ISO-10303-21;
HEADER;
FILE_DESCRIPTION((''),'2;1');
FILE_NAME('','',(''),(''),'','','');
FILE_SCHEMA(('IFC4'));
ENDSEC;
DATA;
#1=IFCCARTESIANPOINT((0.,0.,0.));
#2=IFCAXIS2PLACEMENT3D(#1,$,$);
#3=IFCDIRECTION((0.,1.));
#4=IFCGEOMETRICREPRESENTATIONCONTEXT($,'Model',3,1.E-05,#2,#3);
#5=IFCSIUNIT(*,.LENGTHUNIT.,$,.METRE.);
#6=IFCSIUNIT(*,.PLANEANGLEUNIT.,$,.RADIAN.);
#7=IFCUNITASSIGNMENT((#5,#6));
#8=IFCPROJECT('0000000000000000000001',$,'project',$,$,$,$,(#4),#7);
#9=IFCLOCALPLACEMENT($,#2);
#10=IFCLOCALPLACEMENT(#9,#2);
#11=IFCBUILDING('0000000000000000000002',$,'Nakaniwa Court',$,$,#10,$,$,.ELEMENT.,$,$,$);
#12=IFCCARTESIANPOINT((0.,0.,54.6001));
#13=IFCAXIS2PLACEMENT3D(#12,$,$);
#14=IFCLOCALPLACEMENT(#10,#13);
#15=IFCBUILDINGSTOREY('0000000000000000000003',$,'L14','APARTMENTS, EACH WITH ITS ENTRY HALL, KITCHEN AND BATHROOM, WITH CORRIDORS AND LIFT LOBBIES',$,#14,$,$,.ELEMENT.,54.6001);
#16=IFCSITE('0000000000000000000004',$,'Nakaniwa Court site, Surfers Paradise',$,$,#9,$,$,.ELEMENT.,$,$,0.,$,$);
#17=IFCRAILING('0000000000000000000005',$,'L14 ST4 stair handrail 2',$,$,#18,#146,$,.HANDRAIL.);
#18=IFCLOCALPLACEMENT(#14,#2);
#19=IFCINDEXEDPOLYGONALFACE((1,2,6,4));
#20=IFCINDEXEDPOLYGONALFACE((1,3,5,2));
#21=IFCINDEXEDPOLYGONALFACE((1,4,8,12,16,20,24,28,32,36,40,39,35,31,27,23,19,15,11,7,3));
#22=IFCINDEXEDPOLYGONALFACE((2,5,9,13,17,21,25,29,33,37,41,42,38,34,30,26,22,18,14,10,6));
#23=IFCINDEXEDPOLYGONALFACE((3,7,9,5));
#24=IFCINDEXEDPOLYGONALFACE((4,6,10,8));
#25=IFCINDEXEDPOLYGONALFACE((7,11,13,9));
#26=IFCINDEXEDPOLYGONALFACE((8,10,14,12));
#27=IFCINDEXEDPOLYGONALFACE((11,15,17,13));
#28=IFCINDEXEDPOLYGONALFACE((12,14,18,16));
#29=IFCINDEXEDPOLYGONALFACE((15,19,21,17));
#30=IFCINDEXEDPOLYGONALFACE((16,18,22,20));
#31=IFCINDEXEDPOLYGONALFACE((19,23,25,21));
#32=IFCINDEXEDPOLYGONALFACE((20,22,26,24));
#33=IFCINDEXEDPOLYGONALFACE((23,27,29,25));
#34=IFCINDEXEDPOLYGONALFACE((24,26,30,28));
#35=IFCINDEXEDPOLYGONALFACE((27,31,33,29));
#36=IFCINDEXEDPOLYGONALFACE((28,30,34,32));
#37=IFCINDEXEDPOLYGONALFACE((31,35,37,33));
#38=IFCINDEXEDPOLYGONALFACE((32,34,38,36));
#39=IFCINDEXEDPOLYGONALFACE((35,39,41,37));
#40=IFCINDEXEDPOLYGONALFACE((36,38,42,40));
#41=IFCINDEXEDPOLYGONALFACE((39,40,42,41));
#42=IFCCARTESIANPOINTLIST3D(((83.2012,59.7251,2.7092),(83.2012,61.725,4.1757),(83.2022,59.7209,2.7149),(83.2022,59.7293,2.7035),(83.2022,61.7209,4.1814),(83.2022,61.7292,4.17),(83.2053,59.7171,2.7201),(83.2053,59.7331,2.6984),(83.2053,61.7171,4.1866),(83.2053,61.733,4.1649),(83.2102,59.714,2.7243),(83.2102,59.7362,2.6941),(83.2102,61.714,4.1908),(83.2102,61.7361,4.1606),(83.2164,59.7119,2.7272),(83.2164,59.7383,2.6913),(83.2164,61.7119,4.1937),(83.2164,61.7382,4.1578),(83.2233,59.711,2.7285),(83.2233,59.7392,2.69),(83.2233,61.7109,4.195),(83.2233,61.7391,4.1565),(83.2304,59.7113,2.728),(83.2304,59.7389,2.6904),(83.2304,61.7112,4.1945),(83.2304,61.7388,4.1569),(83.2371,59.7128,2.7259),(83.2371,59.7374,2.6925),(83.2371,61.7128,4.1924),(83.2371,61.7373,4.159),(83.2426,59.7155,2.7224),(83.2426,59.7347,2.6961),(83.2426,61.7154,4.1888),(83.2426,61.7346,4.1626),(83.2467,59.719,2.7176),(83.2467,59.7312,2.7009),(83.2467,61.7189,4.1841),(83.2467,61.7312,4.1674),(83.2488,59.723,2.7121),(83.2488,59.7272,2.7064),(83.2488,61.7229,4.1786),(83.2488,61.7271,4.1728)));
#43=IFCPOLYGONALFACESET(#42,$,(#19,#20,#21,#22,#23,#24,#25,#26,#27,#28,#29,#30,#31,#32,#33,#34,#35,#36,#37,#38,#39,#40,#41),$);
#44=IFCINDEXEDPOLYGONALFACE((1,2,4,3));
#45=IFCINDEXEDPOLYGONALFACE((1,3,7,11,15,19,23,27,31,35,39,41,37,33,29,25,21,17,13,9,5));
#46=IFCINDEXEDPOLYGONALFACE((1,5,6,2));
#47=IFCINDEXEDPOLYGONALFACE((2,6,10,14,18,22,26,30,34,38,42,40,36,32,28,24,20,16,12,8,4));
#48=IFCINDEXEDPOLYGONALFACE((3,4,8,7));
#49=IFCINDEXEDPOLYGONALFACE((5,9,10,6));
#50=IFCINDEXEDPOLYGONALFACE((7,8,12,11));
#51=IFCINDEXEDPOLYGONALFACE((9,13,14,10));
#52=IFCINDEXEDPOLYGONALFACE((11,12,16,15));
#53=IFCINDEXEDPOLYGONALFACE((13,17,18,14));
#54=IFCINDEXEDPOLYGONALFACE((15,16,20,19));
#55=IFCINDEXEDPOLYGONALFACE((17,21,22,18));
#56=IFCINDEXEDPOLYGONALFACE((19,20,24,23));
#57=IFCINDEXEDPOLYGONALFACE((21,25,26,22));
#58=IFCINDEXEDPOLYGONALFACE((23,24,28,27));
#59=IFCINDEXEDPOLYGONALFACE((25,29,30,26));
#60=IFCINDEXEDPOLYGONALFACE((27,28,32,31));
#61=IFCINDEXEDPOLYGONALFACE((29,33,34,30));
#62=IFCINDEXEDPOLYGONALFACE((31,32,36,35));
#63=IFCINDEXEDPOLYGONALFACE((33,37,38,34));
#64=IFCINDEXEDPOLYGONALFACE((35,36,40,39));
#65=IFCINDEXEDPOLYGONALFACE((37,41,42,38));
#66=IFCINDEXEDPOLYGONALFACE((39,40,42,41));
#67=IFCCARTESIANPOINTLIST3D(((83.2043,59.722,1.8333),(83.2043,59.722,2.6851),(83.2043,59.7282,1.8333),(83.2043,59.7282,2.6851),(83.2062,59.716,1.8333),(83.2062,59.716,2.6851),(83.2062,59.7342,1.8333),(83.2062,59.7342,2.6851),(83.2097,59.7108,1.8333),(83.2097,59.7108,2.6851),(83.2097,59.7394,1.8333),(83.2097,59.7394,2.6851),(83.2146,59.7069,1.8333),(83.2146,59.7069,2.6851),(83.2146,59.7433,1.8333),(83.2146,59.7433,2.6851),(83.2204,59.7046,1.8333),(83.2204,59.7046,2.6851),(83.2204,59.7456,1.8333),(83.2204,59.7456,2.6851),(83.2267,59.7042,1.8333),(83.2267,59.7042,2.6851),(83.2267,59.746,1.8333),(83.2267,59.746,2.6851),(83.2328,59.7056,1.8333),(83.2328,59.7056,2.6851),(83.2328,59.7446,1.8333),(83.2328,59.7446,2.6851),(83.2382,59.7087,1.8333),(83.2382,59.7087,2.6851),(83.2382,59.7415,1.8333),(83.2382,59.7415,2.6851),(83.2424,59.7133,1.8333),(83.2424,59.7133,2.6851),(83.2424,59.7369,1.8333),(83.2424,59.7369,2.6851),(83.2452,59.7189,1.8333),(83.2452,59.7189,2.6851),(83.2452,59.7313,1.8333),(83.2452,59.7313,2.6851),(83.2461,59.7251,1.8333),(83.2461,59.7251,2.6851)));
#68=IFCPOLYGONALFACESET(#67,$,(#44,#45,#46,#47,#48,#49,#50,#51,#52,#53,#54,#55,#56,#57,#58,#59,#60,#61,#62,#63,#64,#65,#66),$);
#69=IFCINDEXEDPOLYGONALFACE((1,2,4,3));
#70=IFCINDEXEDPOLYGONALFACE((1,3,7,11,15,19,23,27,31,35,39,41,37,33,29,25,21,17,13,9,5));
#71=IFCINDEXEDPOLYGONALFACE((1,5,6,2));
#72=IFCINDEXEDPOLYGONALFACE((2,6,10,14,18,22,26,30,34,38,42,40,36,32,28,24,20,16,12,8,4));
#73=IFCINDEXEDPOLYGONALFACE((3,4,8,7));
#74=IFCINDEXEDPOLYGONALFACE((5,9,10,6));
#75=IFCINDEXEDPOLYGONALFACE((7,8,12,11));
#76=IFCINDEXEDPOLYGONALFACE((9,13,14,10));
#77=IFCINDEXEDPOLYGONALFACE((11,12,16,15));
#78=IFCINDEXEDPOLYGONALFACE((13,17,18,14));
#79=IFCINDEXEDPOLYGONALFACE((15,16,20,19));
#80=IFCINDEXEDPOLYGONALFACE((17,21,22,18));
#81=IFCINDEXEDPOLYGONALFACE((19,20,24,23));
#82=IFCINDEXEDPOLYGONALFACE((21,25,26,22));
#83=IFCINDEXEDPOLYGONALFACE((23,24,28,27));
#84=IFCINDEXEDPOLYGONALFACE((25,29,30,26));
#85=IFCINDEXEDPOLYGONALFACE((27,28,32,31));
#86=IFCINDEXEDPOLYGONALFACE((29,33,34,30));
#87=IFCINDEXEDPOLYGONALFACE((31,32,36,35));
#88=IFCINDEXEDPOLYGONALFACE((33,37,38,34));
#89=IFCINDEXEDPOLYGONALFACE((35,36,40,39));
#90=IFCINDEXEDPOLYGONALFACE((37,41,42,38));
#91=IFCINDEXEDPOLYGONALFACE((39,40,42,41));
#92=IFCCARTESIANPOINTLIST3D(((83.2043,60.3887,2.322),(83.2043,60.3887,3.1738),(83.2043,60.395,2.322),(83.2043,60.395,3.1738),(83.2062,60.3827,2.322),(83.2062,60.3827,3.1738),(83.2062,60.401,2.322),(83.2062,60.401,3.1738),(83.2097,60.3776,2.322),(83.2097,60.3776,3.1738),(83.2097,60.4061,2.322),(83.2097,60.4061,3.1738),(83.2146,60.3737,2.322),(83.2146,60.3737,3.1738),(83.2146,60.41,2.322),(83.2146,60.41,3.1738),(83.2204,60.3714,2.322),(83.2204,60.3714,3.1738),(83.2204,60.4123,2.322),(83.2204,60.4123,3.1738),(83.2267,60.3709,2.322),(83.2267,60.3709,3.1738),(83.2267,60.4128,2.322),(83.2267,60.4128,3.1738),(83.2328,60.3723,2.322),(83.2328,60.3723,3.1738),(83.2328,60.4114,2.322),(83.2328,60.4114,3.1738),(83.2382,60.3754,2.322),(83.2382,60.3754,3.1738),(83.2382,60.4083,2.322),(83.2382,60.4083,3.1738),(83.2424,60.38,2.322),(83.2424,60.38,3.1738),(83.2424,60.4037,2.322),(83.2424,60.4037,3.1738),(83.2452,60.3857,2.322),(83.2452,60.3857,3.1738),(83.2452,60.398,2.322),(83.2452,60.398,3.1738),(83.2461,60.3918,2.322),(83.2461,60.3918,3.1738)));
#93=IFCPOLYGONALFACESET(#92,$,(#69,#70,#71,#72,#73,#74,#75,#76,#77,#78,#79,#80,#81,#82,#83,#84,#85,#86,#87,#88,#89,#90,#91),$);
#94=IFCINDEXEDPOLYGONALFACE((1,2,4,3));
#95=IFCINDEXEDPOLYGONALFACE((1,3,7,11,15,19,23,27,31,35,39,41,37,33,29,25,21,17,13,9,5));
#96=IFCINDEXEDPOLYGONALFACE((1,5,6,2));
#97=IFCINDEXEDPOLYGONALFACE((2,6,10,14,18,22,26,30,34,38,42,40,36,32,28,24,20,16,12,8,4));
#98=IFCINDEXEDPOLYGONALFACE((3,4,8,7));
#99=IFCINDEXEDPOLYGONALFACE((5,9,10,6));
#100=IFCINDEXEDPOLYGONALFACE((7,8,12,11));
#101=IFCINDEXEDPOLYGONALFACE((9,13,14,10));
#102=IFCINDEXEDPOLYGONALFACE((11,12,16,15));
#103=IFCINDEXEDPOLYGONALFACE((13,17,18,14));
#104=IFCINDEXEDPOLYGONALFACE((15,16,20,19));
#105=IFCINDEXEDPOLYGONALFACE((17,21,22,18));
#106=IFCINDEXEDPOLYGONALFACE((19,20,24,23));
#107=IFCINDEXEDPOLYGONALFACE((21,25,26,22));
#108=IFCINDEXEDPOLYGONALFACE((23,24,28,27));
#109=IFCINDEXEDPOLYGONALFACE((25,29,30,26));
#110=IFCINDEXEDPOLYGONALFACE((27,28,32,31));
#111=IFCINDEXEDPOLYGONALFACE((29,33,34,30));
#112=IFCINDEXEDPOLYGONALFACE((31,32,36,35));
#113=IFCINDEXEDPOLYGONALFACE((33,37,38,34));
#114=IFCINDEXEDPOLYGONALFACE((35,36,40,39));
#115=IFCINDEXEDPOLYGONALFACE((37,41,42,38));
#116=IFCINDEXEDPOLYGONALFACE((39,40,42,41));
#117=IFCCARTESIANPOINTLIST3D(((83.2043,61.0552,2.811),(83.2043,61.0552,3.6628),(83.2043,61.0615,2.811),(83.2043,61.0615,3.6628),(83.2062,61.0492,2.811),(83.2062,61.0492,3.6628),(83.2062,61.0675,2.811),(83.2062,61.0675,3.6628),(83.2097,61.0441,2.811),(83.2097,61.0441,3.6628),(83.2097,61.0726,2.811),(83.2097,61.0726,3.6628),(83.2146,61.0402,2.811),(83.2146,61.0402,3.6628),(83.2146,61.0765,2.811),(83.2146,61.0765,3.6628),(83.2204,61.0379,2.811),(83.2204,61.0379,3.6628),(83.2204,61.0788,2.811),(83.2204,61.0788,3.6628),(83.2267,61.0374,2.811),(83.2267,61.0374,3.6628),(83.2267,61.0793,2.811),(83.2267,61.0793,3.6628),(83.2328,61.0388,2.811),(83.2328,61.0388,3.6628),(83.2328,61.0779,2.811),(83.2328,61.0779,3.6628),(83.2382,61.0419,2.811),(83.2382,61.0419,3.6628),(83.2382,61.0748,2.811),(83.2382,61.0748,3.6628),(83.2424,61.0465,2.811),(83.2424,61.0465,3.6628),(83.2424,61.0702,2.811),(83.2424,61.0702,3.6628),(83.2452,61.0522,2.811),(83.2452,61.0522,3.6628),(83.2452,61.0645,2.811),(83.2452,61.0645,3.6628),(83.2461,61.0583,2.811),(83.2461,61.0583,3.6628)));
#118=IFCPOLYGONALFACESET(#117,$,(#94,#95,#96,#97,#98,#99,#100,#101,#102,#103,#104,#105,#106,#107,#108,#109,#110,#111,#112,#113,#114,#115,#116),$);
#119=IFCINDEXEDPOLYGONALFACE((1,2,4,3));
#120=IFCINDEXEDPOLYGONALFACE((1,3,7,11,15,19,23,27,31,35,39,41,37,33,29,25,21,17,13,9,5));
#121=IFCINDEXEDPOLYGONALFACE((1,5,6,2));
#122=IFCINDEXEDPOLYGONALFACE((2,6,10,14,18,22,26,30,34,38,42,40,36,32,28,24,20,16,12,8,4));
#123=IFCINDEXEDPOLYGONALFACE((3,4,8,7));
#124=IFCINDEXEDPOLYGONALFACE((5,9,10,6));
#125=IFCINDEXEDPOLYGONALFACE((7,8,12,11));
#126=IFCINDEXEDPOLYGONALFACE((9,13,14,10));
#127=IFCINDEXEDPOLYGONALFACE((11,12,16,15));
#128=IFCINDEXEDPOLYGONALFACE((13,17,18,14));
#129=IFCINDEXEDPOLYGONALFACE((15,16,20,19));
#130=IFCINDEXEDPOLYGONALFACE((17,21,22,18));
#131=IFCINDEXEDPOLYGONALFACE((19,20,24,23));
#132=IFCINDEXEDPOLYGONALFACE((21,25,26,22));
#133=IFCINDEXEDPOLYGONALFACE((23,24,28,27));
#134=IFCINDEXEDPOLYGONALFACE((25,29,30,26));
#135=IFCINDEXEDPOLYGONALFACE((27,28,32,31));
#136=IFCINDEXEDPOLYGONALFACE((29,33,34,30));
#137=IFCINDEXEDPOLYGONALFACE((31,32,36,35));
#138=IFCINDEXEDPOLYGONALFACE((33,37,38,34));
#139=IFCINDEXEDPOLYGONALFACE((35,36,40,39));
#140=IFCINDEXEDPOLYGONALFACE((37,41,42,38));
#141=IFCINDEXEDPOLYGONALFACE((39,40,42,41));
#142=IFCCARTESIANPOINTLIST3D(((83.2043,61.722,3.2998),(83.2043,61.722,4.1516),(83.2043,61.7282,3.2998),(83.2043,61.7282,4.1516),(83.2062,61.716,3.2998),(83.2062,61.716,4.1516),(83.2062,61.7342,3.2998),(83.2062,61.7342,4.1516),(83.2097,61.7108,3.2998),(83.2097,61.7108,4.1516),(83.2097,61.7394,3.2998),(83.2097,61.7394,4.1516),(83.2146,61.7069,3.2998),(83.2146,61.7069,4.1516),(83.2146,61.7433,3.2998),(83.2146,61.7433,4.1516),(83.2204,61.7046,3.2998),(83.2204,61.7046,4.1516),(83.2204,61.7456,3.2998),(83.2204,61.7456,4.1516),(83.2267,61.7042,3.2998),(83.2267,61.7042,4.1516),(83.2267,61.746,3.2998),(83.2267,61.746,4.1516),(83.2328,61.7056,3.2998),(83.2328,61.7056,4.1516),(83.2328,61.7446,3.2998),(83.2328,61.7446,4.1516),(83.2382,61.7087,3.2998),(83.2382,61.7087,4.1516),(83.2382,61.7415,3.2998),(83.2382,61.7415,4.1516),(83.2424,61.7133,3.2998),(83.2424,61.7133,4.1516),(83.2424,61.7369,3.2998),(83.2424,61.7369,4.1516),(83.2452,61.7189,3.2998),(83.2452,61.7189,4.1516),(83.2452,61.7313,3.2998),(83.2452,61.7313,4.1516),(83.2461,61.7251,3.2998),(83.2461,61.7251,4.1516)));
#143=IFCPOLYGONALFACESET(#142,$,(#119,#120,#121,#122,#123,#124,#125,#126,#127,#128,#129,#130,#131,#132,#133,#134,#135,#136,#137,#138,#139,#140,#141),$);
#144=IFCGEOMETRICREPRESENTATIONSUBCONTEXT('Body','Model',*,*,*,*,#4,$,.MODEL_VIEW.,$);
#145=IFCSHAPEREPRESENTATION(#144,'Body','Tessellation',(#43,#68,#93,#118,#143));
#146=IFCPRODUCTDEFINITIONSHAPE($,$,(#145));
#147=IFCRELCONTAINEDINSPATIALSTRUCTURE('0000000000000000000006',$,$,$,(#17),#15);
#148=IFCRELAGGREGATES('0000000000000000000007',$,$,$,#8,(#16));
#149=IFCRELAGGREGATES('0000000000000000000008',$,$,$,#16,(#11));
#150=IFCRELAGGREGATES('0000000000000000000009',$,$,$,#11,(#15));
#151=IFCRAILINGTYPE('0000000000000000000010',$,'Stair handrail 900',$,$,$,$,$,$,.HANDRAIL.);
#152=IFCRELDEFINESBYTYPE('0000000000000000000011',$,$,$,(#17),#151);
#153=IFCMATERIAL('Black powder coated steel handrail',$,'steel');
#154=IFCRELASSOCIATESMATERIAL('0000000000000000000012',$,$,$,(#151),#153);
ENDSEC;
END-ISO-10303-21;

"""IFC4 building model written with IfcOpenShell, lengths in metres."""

from ifc_helpers import new_model, si_unit, direction, frame, origin, origin_2d, place, context, subcontext, project, spatial, circle, extrude, material, type_object, element, save


model = new_model("IFC4")

# Units and contexts
model_context = context("Model", 3, precision=1e-05, world=origin(), true_north=direction((0.0, 1.0)))
body_context = subcontext(model_context, "Body", "Model", "MODEL_VIEW")
ifc_project = project(units=[si_unit("LENGTHUNIT", "METRE"), si_unit("PLANEANGLEUNIT", "RADIAN")], contexts=[model_context])

# Site, building, storey
site_placement = place(None, origin())
site = spatial("IfcSite", under=ifc_project, at=site_placement, Name="Nakaniwa Court site, Surfers Paradise", CompositionType="ELEMENT", RefElevation=0.0)
building_placement = place(site_placement, origin())
building = spatial("IfcBuilding", under=site, at=building_placement, Name="Nakaniwa Court", CompositionType="ELEMENT")
storey_placement = place(building_placement, frame((0.0, 0.0, 54.6001)))
storey = spatial("IfcBuildingStorey", under=building, at=storey_placement, Name="L14", Description="APARTMENTS, EACH WITH ITS ENTRY HALL, KITCHEN AND BATHROOM, WITH CORRIDORS AND LIFT LOBBIES", CompositionType="ELEMENT", Elevation=54.6001)

# Railing
ifc_material_1 = material(Name="Black powder coated steel handrail", Category="steel")
railing_type_1 = type_object("IfcRailingType", Name="Stair handrail 900", PredefinedType="HANDRAIL", material=ifc_material_1)
railing_1_placement = place(storey_placement, frame((83.2251, 59.7251, 1.8333)))
element("IfcRailing", 1, at=railing_1_placement, inside=storey, type_object=railing_type_1, Name="L14 ST4 stair handrail 2", PredefinedType="HANDRAIL", context=body_context, shape_type="SweptSolid", body=[
    extrude(circle(Radius=0.0239, at=origin_2d()), frame((0.0, 0.0, 0.876), z_axis=(0.0, 0.806427, 0.591334), x_axis=(-1.0, 0.0, 0.0)), (0.0, 0.0, 1.0), 2.48),
    extrude(circle(Radius=0.021, at=origin_2d()), origin(), (0.0, 0.0, 1.0), 0.8518),
    extrude(circle(Radius=0.021, at=origin_2d()), frame((0.0, 0.6667, 0.4888)), (0.0, 0.0, 1.0), 0.8518),
    extrude(circle(Radius=0.021, at=origin_2d()), frame((0.0, 1.3333, 0.9778)), (0.0, 0.0, 1.0), 0.8518),
    extrude(circle(Radius=0.021, at=origin_2d()), frame((0.0, 2.0, 1.4666)), (0.0, 0.0, 1.0), 0.8518),
])

save(model, "model.ifc")
